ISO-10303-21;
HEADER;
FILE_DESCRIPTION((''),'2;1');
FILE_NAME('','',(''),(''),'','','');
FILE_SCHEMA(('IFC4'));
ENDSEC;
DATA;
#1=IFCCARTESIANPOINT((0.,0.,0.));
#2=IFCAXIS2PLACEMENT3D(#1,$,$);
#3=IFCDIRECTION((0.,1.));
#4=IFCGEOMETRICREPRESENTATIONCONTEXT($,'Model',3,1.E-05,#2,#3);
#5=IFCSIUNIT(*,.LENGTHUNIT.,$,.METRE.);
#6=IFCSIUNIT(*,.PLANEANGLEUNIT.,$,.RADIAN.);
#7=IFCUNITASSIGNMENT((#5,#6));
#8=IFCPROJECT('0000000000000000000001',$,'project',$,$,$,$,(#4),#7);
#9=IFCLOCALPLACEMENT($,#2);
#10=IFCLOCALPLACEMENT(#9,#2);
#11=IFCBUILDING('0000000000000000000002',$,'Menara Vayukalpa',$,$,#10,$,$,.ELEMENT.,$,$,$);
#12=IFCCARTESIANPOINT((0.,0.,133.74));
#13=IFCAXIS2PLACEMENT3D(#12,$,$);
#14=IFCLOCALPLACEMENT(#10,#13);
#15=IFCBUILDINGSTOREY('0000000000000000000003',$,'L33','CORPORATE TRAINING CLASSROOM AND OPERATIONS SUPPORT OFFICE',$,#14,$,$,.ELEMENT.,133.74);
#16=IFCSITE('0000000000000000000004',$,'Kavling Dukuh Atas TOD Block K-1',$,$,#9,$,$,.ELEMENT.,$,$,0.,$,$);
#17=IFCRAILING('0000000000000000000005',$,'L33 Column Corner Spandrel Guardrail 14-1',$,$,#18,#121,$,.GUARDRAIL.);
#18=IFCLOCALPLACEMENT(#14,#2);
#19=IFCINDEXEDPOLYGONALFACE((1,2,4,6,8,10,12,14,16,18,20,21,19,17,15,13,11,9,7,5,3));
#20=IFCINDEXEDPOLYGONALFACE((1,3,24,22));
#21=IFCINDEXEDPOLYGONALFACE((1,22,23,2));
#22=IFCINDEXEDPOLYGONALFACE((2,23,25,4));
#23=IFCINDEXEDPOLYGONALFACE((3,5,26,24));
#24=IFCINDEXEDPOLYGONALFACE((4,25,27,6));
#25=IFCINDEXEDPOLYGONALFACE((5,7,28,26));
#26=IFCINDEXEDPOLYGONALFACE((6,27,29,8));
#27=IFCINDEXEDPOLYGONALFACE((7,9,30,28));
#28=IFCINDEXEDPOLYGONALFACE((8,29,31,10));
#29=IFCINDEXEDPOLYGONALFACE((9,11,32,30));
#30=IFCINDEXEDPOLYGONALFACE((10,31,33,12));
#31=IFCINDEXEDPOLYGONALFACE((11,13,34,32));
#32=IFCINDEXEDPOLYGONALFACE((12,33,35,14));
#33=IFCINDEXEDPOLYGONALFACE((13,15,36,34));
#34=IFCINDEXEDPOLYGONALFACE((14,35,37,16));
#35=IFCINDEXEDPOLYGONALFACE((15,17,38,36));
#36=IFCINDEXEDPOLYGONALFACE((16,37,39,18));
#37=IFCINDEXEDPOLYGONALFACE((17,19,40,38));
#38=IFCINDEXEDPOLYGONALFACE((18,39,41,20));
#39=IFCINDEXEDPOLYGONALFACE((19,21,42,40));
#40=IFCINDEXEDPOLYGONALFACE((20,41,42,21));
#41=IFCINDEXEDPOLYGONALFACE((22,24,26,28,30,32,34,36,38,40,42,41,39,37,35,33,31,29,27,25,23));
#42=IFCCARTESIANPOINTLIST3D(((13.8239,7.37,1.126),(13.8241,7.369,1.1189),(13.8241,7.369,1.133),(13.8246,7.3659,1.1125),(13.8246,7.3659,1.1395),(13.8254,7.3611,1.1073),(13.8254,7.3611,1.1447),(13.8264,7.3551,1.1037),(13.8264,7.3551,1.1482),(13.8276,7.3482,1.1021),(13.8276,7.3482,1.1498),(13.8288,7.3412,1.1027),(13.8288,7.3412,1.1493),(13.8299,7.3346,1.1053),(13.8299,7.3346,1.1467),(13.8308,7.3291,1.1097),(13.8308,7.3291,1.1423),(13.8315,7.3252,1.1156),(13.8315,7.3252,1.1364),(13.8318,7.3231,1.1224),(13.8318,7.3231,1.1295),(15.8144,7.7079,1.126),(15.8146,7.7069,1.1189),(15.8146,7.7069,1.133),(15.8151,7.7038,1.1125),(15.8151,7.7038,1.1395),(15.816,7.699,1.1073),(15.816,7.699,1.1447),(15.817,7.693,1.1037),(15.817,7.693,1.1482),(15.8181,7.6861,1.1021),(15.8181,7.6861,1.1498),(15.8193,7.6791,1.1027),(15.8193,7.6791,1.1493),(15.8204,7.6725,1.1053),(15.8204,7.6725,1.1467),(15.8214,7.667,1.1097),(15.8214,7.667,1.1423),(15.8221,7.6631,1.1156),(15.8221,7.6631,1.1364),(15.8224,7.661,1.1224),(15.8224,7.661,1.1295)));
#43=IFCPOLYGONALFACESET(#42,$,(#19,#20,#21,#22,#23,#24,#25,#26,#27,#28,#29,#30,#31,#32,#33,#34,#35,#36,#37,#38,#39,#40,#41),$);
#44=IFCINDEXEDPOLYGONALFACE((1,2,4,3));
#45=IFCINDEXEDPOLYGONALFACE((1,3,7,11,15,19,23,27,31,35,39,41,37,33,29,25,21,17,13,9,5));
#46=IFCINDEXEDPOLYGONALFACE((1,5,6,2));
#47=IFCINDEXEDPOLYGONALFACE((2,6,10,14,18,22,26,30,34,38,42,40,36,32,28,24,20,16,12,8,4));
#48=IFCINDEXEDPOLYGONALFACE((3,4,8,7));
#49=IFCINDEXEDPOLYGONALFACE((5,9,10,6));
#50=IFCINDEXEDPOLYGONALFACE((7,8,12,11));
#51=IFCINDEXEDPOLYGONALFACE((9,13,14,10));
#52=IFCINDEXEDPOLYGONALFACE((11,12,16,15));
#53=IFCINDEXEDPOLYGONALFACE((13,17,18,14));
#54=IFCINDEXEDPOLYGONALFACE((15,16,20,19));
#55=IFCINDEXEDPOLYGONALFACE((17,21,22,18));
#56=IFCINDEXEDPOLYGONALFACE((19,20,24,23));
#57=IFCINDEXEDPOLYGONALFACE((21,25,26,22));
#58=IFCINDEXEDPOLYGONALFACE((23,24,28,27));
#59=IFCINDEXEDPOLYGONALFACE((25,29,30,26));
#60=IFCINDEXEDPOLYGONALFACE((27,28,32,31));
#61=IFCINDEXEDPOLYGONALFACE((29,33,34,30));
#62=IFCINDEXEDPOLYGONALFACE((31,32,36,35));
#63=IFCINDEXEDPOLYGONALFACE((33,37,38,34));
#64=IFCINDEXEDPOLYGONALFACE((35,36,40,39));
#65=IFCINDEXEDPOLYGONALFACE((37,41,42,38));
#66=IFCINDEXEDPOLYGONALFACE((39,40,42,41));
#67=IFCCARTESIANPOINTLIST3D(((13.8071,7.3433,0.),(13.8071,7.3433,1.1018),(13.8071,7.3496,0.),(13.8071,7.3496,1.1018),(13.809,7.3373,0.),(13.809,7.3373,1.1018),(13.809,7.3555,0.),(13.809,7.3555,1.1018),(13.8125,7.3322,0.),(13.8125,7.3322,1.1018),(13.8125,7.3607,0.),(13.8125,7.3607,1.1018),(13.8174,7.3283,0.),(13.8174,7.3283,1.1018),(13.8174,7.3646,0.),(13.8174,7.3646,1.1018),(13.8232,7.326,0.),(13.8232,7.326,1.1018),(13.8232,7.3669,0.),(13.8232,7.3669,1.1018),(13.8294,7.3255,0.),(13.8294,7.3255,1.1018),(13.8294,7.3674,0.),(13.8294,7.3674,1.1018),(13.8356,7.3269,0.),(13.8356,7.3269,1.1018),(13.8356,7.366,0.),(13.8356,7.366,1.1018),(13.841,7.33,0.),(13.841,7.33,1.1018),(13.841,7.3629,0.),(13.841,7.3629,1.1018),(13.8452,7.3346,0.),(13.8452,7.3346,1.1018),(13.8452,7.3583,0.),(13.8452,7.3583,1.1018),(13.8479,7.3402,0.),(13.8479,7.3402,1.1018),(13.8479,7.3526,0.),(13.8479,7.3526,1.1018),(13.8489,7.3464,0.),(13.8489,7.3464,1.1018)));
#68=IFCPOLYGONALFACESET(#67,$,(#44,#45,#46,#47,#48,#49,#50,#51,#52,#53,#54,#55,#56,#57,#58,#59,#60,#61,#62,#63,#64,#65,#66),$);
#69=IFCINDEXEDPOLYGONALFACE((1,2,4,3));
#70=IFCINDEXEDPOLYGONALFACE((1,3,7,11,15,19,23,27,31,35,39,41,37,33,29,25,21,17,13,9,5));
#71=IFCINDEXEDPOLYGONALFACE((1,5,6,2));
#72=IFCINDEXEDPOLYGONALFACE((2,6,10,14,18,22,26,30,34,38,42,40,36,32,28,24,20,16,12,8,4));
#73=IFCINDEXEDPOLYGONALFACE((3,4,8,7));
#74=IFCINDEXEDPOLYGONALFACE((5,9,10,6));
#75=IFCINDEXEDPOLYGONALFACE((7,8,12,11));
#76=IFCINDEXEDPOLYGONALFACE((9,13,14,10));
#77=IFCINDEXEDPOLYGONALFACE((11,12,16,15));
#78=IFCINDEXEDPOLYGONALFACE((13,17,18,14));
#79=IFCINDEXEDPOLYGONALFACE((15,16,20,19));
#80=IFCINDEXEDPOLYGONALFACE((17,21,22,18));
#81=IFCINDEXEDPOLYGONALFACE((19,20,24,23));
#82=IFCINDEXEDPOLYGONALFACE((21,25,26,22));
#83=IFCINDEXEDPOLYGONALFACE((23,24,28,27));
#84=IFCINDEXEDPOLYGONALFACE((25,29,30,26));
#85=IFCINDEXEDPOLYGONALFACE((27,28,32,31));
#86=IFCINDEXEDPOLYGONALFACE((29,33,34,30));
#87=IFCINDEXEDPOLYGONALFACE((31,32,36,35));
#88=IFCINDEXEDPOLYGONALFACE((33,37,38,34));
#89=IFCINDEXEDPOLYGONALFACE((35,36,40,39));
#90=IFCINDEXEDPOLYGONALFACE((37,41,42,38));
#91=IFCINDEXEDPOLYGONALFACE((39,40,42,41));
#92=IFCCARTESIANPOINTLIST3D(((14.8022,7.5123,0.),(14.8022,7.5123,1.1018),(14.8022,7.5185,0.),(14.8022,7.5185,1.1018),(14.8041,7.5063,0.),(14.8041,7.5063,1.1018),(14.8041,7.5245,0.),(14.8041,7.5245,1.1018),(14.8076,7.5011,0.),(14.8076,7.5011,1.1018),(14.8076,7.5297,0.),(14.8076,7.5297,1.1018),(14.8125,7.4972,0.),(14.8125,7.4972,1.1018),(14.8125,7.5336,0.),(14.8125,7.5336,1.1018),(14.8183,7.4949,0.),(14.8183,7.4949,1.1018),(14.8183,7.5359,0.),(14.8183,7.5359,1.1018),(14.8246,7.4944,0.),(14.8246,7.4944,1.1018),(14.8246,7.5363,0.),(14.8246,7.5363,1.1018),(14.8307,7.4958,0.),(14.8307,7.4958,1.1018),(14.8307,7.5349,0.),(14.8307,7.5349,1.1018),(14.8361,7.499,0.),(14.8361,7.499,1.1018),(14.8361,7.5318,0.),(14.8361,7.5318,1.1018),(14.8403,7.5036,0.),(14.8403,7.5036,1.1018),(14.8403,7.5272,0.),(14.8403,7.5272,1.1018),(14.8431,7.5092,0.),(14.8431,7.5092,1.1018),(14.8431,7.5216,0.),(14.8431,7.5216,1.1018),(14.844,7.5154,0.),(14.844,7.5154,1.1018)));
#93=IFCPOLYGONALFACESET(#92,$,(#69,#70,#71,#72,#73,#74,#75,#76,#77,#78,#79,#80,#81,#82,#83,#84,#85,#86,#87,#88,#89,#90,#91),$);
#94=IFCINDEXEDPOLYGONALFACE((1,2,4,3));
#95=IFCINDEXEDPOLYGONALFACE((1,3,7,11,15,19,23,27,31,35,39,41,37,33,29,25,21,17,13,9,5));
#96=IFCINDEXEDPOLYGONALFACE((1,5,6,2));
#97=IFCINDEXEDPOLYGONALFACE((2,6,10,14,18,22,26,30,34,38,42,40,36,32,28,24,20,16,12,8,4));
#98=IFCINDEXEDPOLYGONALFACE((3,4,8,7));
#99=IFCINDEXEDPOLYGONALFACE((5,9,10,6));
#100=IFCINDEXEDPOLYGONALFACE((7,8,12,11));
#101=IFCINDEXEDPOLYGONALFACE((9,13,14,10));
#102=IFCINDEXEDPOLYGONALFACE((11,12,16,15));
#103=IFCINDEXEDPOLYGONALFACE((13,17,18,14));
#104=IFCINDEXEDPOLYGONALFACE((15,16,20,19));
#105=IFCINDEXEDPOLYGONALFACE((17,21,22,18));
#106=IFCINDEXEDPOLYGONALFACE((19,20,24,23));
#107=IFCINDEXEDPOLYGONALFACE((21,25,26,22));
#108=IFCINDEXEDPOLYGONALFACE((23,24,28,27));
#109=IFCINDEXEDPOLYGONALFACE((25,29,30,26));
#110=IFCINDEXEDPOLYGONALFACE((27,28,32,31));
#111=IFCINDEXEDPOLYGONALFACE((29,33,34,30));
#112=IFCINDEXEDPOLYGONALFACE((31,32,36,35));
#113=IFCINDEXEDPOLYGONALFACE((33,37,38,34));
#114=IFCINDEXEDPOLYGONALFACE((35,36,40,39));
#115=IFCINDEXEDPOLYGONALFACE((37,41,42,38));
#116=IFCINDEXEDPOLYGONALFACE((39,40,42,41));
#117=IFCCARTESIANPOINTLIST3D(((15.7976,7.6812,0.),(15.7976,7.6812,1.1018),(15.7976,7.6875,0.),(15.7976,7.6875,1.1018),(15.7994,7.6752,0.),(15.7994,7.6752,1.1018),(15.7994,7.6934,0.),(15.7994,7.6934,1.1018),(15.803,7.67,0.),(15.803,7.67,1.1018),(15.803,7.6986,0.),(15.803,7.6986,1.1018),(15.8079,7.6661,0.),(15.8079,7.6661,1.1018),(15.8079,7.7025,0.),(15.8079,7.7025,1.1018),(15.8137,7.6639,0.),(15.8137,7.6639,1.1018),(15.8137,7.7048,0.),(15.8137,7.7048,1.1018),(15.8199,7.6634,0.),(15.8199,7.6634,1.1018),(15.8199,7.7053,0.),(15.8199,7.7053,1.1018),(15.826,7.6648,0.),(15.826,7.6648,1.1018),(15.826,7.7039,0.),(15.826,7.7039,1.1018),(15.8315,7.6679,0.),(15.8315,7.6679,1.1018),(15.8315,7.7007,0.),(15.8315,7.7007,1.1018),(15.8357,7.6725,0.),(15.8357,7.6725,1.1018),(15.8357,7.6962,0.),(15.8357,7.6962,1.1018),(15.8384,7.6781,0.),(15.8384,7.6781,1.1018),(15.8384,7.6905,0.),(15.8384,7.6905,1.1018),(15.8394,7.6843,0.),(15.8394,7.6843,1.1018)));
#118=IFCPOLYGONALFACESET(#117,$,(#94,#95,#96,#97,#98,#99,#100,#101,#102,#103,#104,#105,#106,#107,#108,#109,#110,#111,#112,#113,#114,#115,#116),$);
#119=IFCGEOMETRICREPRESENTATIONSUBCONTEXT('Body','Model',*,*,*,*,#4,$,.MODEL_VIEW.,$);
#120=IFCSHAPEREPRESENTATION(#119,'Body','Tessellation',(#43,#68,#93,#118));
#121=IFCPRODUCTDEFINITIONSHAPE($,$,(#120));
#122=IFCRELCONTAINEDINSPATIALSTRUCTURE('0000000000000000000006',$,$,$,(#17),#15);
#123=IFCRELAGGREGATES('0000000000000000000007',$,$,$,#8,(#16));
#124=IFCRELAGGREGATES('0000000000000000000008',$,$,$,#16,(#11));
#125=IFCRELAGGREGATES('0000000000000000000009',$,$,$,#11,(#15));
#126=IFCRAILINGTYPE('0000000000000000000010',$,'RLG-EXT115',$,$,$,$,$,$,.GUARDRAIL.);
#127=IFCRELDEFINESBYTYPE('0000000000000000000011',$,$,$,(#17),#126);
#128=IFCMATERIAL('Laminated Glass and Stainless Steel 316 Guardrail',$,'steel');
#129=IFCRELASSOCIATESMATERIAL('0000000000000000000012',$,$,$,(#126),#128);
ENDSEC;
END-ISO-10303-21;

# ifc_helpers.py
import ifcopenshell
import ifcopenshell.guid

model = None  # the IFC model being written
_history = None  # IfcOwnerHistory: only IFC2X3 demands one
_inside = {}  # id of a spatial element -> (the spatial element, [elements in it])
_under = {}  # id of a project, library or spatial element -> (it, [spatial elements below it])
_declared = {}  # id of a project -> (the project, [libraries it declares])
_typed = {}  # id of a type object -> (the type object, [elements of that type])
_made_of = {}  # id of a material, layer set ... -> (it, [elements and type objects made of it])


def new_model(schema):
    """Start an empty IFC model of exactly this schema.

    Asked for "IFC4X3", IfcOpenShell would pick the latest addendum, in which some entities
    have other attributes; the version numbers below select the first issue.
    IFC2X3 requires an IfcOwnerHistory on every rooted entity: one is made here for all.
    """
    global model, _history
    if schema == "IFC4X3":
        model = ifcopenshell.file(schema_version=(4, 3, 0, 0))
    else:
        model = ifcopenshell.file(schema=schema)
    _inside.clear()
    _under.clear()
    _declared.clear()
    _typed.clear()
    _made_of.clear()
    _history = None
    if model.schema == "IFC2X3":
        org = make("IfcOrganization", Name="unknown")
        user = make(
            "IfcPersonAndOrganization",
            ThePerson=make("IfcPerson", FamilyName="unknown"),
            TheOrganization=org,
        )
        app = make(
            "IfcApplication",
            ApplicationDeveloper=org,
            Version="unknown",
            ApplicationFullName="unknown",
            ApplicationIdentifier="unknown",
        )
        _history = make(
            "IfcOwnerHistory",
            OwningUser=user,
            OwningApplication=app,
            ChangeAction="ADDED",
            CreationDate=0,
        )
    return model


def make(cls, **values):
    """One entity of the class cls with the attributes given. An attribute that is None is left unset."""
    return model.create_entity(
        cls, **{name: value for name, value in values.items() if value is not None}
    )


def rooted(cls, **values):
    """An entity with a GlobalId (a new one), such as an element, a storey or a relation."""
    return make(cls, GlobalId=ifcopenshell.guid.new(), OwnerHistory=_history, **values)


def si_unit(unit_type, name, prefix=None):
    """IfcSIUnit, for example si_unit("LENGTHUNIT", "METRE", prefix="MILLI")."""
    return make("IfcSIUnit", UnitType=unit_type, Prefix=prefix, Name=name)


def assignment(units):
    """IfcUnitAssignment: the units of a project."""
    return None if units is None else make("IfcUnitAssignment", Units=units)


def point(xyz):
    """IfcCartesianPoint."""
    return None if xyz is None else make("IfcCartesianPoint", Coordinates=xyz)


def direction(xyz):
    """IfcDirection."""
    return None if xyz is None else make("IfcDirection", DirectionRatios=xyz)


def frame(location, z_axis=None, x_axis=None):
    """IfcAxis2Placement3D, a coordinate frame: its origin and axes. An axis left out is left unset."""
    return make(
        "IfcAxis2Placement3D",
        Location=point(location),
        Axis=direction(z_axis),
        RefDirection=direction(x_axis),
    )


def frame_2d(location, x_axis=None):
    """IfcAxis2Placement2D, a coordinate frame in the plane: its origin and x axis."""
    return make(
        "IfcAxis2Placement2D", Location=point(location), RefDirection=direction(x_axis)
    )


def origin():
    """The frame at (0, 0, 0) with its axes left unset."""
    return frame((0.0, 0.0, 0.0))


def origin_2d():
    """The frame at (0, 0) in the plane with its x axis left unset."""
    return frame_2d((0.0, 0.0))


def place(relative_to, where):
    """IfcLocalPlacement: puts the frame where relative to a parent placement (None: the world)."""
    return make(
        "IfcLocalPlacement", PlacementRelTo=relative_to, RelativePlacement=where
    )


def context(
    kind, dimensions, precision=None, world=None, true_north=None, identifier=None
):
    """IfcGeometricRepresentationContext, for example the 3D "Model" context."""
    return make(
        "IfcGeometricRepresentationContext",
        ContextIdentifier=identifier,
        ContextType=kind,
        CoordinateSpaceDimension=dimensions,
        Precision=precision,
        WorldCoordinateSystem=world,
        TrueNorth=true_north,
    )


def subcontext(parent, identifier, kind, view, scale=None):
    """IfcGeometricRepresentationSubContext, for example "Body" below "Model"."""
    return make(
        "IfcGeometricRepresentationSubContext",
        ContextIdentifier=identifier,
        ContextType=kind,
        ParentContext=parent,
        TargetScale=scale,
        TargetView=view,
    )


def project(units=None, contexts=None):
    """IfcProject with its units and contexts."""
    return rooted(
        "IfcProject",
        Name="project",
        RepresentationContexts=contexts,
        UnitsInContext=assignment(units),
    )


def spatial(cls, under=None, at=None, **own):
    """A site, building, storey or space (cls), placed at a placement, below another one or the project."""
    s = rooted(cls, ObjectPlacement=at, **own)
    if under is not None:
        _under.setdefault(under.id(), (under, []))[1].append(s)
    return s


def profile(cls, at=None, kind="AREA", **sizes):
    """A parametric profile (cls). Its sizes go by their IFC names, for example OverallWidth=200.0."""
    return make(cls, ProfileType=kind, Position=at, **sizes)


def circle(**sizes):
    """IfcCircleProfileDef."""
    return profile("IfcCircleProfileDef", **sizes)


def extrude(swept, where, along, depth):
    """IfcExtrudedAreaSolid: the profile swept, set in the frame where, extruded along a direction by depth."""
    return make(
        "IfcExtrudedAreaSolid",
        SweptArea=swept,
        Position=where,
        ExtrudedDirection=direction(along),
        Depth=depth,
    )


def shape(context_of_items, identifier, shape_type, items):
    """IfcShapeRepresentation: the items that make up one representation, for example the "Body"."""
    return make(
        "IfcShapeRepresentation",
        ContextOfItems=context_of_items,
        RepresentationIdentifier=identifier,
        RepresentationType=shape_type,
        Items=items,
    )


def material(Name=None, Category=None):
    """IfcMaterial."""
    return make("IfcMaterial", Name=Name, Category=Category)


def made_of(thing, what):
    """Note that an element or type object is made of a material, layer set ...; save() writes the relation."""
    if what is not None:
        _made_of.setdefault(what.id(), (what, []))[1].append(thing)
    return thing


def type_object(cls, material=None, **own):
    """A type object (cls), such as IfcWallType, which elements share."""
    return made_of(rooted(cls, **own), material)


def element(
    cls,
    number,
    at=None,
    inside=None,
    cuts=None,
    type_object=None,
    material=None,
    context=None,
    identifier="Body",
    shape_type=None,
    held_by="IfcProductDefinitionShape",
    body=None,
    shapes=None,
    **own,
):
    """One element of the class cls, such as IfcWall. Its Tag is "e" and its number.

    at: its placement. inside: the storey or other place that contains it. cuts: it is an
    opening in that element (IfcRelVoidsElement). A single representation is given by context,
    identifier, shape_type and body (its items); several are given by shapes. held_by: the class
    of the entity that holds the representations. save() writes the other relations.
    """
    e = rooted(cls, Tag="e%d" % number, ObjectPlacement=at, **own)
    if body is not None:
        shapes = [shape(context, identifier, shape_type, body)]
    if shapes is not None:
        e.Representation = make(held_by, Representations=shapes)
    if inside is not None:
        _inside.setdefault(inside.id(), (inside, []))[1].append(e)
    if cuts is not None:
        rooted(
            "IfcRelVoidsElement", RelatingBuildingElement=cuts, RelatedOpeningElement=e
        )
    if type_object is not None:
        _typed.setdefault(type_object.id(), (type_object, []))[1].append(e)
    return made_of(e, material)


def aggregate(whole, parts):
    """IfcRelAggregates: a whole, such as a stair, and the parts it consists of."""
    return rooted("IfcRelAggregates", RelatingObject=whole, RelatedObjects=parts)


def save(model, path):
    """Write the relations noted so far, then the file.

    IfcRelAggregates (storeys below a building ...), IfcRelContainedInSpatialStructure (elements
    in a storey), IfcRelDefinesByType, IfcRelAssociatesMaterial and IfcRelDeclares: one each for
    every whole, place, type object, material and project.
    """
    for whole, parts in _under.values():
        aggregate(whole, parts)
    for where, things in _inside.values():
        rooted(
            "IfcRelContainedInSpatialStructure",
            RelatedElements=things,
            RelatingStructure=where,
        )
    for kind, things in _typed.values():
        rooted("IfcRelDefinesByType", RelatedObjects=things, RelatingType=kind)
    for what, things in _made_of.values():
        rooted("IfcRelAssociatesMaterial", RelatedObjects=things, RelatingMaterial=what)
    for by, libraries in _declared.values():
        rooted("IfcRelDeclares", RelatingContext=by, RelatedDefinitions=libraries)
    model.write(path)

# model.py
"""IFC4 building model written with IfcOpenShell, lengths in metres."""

from ifc_helpers import new_model, si_unit, direction, frame, origin, origin_2d, place, context, subcontext, project, spatial, circle, extrude, material, type_object, element, save


model = new_model("IFC4")

# Units and contexts
model_context = context("Model", 3, precision=1e-05, world=origin(), true_north=direction((0.0, 1.0)))
body_context = subcontext(model_context, "Body", "Model", "MODEL_VIEW")
ifc_project = project(units=[si_unit("LENGTHUNIT", "METRE"), si_unit("PLANEANGLEUNIT", "RADIAN")], contexts=[model_context])

# Site, building, storey
site_placement = place(None, origin())
site = spatial("IfcSite", under=ifc_project, at=site_placement, Name="Kavling Dukuh Atas TOD Block K-1", CompositionType="ELEMENT", RefElevation=0.0)
building_placement = place(site_placement, origin())
building = spatial("IfcBuilding", under=site, at=building_placement, Name="Menara Vayukalpa", CompositionType="ELEMENT")
storey_placement = place(building_placement, frame((0.0, 0.0, 133.74)))
storey = spatial("IfcBuildingStorey", under=building, at=storey_placement, Name="L33", Description="CORPORATE TRAINING CLASSROOM AND OPERATIONS SUPPORT OFFICE", CompositionType="ELEMENT", Elevation=133.74)

# Railing
ifc_material_1 = material(Name="Laminated Glass and Stainless Steel 316 Guardrail", Category="steel")
railing_type = type_object("IfcRailingType", Name="RLG-EXT115", PredefinedType="GUARDRAIL", material=ifc_material_1)
railing_1_placement = place(storey_placement, frame((13.8279, 7.3464, 0.0)))
element("IfcRailing", 1, at=railing_1_placement, inside=storey, type_object=railing_type, Name="L33 Column Corner Spandrel Guardrail 14-1", PredefinedType="GUARDRAIL", context=body_context, shape_type="SweptSolid", body=[
    extrude(circle(Radius=0.0239, at=origin_2d()), frame((0.0, 0.0, 1.126), z_axis=(0.985896, 0.167359, 0.0), x_axis=(-0.167359, 0.985896, 0.0)), (0.0, 0.0, 1.0), 2.019),
    extrude(circle(Radius=0.021, at=origin_2d()), origin(), (0.0, 0.0, 1.0), 1.1018),
    extrude(circle(Radius=0.021, at=origin_2d()), frame((0.9951, 0.1689, 0.0)), (0.0, 0.0, 1.0), 1.1018),
    extrude(circle(Radius=0.021, at=origin_2d()), frame((1.9905, 0.3379, 0.0)), (0.0, 0.0, 1.0), 1.1018),
])

save(model, "model.ifc")
